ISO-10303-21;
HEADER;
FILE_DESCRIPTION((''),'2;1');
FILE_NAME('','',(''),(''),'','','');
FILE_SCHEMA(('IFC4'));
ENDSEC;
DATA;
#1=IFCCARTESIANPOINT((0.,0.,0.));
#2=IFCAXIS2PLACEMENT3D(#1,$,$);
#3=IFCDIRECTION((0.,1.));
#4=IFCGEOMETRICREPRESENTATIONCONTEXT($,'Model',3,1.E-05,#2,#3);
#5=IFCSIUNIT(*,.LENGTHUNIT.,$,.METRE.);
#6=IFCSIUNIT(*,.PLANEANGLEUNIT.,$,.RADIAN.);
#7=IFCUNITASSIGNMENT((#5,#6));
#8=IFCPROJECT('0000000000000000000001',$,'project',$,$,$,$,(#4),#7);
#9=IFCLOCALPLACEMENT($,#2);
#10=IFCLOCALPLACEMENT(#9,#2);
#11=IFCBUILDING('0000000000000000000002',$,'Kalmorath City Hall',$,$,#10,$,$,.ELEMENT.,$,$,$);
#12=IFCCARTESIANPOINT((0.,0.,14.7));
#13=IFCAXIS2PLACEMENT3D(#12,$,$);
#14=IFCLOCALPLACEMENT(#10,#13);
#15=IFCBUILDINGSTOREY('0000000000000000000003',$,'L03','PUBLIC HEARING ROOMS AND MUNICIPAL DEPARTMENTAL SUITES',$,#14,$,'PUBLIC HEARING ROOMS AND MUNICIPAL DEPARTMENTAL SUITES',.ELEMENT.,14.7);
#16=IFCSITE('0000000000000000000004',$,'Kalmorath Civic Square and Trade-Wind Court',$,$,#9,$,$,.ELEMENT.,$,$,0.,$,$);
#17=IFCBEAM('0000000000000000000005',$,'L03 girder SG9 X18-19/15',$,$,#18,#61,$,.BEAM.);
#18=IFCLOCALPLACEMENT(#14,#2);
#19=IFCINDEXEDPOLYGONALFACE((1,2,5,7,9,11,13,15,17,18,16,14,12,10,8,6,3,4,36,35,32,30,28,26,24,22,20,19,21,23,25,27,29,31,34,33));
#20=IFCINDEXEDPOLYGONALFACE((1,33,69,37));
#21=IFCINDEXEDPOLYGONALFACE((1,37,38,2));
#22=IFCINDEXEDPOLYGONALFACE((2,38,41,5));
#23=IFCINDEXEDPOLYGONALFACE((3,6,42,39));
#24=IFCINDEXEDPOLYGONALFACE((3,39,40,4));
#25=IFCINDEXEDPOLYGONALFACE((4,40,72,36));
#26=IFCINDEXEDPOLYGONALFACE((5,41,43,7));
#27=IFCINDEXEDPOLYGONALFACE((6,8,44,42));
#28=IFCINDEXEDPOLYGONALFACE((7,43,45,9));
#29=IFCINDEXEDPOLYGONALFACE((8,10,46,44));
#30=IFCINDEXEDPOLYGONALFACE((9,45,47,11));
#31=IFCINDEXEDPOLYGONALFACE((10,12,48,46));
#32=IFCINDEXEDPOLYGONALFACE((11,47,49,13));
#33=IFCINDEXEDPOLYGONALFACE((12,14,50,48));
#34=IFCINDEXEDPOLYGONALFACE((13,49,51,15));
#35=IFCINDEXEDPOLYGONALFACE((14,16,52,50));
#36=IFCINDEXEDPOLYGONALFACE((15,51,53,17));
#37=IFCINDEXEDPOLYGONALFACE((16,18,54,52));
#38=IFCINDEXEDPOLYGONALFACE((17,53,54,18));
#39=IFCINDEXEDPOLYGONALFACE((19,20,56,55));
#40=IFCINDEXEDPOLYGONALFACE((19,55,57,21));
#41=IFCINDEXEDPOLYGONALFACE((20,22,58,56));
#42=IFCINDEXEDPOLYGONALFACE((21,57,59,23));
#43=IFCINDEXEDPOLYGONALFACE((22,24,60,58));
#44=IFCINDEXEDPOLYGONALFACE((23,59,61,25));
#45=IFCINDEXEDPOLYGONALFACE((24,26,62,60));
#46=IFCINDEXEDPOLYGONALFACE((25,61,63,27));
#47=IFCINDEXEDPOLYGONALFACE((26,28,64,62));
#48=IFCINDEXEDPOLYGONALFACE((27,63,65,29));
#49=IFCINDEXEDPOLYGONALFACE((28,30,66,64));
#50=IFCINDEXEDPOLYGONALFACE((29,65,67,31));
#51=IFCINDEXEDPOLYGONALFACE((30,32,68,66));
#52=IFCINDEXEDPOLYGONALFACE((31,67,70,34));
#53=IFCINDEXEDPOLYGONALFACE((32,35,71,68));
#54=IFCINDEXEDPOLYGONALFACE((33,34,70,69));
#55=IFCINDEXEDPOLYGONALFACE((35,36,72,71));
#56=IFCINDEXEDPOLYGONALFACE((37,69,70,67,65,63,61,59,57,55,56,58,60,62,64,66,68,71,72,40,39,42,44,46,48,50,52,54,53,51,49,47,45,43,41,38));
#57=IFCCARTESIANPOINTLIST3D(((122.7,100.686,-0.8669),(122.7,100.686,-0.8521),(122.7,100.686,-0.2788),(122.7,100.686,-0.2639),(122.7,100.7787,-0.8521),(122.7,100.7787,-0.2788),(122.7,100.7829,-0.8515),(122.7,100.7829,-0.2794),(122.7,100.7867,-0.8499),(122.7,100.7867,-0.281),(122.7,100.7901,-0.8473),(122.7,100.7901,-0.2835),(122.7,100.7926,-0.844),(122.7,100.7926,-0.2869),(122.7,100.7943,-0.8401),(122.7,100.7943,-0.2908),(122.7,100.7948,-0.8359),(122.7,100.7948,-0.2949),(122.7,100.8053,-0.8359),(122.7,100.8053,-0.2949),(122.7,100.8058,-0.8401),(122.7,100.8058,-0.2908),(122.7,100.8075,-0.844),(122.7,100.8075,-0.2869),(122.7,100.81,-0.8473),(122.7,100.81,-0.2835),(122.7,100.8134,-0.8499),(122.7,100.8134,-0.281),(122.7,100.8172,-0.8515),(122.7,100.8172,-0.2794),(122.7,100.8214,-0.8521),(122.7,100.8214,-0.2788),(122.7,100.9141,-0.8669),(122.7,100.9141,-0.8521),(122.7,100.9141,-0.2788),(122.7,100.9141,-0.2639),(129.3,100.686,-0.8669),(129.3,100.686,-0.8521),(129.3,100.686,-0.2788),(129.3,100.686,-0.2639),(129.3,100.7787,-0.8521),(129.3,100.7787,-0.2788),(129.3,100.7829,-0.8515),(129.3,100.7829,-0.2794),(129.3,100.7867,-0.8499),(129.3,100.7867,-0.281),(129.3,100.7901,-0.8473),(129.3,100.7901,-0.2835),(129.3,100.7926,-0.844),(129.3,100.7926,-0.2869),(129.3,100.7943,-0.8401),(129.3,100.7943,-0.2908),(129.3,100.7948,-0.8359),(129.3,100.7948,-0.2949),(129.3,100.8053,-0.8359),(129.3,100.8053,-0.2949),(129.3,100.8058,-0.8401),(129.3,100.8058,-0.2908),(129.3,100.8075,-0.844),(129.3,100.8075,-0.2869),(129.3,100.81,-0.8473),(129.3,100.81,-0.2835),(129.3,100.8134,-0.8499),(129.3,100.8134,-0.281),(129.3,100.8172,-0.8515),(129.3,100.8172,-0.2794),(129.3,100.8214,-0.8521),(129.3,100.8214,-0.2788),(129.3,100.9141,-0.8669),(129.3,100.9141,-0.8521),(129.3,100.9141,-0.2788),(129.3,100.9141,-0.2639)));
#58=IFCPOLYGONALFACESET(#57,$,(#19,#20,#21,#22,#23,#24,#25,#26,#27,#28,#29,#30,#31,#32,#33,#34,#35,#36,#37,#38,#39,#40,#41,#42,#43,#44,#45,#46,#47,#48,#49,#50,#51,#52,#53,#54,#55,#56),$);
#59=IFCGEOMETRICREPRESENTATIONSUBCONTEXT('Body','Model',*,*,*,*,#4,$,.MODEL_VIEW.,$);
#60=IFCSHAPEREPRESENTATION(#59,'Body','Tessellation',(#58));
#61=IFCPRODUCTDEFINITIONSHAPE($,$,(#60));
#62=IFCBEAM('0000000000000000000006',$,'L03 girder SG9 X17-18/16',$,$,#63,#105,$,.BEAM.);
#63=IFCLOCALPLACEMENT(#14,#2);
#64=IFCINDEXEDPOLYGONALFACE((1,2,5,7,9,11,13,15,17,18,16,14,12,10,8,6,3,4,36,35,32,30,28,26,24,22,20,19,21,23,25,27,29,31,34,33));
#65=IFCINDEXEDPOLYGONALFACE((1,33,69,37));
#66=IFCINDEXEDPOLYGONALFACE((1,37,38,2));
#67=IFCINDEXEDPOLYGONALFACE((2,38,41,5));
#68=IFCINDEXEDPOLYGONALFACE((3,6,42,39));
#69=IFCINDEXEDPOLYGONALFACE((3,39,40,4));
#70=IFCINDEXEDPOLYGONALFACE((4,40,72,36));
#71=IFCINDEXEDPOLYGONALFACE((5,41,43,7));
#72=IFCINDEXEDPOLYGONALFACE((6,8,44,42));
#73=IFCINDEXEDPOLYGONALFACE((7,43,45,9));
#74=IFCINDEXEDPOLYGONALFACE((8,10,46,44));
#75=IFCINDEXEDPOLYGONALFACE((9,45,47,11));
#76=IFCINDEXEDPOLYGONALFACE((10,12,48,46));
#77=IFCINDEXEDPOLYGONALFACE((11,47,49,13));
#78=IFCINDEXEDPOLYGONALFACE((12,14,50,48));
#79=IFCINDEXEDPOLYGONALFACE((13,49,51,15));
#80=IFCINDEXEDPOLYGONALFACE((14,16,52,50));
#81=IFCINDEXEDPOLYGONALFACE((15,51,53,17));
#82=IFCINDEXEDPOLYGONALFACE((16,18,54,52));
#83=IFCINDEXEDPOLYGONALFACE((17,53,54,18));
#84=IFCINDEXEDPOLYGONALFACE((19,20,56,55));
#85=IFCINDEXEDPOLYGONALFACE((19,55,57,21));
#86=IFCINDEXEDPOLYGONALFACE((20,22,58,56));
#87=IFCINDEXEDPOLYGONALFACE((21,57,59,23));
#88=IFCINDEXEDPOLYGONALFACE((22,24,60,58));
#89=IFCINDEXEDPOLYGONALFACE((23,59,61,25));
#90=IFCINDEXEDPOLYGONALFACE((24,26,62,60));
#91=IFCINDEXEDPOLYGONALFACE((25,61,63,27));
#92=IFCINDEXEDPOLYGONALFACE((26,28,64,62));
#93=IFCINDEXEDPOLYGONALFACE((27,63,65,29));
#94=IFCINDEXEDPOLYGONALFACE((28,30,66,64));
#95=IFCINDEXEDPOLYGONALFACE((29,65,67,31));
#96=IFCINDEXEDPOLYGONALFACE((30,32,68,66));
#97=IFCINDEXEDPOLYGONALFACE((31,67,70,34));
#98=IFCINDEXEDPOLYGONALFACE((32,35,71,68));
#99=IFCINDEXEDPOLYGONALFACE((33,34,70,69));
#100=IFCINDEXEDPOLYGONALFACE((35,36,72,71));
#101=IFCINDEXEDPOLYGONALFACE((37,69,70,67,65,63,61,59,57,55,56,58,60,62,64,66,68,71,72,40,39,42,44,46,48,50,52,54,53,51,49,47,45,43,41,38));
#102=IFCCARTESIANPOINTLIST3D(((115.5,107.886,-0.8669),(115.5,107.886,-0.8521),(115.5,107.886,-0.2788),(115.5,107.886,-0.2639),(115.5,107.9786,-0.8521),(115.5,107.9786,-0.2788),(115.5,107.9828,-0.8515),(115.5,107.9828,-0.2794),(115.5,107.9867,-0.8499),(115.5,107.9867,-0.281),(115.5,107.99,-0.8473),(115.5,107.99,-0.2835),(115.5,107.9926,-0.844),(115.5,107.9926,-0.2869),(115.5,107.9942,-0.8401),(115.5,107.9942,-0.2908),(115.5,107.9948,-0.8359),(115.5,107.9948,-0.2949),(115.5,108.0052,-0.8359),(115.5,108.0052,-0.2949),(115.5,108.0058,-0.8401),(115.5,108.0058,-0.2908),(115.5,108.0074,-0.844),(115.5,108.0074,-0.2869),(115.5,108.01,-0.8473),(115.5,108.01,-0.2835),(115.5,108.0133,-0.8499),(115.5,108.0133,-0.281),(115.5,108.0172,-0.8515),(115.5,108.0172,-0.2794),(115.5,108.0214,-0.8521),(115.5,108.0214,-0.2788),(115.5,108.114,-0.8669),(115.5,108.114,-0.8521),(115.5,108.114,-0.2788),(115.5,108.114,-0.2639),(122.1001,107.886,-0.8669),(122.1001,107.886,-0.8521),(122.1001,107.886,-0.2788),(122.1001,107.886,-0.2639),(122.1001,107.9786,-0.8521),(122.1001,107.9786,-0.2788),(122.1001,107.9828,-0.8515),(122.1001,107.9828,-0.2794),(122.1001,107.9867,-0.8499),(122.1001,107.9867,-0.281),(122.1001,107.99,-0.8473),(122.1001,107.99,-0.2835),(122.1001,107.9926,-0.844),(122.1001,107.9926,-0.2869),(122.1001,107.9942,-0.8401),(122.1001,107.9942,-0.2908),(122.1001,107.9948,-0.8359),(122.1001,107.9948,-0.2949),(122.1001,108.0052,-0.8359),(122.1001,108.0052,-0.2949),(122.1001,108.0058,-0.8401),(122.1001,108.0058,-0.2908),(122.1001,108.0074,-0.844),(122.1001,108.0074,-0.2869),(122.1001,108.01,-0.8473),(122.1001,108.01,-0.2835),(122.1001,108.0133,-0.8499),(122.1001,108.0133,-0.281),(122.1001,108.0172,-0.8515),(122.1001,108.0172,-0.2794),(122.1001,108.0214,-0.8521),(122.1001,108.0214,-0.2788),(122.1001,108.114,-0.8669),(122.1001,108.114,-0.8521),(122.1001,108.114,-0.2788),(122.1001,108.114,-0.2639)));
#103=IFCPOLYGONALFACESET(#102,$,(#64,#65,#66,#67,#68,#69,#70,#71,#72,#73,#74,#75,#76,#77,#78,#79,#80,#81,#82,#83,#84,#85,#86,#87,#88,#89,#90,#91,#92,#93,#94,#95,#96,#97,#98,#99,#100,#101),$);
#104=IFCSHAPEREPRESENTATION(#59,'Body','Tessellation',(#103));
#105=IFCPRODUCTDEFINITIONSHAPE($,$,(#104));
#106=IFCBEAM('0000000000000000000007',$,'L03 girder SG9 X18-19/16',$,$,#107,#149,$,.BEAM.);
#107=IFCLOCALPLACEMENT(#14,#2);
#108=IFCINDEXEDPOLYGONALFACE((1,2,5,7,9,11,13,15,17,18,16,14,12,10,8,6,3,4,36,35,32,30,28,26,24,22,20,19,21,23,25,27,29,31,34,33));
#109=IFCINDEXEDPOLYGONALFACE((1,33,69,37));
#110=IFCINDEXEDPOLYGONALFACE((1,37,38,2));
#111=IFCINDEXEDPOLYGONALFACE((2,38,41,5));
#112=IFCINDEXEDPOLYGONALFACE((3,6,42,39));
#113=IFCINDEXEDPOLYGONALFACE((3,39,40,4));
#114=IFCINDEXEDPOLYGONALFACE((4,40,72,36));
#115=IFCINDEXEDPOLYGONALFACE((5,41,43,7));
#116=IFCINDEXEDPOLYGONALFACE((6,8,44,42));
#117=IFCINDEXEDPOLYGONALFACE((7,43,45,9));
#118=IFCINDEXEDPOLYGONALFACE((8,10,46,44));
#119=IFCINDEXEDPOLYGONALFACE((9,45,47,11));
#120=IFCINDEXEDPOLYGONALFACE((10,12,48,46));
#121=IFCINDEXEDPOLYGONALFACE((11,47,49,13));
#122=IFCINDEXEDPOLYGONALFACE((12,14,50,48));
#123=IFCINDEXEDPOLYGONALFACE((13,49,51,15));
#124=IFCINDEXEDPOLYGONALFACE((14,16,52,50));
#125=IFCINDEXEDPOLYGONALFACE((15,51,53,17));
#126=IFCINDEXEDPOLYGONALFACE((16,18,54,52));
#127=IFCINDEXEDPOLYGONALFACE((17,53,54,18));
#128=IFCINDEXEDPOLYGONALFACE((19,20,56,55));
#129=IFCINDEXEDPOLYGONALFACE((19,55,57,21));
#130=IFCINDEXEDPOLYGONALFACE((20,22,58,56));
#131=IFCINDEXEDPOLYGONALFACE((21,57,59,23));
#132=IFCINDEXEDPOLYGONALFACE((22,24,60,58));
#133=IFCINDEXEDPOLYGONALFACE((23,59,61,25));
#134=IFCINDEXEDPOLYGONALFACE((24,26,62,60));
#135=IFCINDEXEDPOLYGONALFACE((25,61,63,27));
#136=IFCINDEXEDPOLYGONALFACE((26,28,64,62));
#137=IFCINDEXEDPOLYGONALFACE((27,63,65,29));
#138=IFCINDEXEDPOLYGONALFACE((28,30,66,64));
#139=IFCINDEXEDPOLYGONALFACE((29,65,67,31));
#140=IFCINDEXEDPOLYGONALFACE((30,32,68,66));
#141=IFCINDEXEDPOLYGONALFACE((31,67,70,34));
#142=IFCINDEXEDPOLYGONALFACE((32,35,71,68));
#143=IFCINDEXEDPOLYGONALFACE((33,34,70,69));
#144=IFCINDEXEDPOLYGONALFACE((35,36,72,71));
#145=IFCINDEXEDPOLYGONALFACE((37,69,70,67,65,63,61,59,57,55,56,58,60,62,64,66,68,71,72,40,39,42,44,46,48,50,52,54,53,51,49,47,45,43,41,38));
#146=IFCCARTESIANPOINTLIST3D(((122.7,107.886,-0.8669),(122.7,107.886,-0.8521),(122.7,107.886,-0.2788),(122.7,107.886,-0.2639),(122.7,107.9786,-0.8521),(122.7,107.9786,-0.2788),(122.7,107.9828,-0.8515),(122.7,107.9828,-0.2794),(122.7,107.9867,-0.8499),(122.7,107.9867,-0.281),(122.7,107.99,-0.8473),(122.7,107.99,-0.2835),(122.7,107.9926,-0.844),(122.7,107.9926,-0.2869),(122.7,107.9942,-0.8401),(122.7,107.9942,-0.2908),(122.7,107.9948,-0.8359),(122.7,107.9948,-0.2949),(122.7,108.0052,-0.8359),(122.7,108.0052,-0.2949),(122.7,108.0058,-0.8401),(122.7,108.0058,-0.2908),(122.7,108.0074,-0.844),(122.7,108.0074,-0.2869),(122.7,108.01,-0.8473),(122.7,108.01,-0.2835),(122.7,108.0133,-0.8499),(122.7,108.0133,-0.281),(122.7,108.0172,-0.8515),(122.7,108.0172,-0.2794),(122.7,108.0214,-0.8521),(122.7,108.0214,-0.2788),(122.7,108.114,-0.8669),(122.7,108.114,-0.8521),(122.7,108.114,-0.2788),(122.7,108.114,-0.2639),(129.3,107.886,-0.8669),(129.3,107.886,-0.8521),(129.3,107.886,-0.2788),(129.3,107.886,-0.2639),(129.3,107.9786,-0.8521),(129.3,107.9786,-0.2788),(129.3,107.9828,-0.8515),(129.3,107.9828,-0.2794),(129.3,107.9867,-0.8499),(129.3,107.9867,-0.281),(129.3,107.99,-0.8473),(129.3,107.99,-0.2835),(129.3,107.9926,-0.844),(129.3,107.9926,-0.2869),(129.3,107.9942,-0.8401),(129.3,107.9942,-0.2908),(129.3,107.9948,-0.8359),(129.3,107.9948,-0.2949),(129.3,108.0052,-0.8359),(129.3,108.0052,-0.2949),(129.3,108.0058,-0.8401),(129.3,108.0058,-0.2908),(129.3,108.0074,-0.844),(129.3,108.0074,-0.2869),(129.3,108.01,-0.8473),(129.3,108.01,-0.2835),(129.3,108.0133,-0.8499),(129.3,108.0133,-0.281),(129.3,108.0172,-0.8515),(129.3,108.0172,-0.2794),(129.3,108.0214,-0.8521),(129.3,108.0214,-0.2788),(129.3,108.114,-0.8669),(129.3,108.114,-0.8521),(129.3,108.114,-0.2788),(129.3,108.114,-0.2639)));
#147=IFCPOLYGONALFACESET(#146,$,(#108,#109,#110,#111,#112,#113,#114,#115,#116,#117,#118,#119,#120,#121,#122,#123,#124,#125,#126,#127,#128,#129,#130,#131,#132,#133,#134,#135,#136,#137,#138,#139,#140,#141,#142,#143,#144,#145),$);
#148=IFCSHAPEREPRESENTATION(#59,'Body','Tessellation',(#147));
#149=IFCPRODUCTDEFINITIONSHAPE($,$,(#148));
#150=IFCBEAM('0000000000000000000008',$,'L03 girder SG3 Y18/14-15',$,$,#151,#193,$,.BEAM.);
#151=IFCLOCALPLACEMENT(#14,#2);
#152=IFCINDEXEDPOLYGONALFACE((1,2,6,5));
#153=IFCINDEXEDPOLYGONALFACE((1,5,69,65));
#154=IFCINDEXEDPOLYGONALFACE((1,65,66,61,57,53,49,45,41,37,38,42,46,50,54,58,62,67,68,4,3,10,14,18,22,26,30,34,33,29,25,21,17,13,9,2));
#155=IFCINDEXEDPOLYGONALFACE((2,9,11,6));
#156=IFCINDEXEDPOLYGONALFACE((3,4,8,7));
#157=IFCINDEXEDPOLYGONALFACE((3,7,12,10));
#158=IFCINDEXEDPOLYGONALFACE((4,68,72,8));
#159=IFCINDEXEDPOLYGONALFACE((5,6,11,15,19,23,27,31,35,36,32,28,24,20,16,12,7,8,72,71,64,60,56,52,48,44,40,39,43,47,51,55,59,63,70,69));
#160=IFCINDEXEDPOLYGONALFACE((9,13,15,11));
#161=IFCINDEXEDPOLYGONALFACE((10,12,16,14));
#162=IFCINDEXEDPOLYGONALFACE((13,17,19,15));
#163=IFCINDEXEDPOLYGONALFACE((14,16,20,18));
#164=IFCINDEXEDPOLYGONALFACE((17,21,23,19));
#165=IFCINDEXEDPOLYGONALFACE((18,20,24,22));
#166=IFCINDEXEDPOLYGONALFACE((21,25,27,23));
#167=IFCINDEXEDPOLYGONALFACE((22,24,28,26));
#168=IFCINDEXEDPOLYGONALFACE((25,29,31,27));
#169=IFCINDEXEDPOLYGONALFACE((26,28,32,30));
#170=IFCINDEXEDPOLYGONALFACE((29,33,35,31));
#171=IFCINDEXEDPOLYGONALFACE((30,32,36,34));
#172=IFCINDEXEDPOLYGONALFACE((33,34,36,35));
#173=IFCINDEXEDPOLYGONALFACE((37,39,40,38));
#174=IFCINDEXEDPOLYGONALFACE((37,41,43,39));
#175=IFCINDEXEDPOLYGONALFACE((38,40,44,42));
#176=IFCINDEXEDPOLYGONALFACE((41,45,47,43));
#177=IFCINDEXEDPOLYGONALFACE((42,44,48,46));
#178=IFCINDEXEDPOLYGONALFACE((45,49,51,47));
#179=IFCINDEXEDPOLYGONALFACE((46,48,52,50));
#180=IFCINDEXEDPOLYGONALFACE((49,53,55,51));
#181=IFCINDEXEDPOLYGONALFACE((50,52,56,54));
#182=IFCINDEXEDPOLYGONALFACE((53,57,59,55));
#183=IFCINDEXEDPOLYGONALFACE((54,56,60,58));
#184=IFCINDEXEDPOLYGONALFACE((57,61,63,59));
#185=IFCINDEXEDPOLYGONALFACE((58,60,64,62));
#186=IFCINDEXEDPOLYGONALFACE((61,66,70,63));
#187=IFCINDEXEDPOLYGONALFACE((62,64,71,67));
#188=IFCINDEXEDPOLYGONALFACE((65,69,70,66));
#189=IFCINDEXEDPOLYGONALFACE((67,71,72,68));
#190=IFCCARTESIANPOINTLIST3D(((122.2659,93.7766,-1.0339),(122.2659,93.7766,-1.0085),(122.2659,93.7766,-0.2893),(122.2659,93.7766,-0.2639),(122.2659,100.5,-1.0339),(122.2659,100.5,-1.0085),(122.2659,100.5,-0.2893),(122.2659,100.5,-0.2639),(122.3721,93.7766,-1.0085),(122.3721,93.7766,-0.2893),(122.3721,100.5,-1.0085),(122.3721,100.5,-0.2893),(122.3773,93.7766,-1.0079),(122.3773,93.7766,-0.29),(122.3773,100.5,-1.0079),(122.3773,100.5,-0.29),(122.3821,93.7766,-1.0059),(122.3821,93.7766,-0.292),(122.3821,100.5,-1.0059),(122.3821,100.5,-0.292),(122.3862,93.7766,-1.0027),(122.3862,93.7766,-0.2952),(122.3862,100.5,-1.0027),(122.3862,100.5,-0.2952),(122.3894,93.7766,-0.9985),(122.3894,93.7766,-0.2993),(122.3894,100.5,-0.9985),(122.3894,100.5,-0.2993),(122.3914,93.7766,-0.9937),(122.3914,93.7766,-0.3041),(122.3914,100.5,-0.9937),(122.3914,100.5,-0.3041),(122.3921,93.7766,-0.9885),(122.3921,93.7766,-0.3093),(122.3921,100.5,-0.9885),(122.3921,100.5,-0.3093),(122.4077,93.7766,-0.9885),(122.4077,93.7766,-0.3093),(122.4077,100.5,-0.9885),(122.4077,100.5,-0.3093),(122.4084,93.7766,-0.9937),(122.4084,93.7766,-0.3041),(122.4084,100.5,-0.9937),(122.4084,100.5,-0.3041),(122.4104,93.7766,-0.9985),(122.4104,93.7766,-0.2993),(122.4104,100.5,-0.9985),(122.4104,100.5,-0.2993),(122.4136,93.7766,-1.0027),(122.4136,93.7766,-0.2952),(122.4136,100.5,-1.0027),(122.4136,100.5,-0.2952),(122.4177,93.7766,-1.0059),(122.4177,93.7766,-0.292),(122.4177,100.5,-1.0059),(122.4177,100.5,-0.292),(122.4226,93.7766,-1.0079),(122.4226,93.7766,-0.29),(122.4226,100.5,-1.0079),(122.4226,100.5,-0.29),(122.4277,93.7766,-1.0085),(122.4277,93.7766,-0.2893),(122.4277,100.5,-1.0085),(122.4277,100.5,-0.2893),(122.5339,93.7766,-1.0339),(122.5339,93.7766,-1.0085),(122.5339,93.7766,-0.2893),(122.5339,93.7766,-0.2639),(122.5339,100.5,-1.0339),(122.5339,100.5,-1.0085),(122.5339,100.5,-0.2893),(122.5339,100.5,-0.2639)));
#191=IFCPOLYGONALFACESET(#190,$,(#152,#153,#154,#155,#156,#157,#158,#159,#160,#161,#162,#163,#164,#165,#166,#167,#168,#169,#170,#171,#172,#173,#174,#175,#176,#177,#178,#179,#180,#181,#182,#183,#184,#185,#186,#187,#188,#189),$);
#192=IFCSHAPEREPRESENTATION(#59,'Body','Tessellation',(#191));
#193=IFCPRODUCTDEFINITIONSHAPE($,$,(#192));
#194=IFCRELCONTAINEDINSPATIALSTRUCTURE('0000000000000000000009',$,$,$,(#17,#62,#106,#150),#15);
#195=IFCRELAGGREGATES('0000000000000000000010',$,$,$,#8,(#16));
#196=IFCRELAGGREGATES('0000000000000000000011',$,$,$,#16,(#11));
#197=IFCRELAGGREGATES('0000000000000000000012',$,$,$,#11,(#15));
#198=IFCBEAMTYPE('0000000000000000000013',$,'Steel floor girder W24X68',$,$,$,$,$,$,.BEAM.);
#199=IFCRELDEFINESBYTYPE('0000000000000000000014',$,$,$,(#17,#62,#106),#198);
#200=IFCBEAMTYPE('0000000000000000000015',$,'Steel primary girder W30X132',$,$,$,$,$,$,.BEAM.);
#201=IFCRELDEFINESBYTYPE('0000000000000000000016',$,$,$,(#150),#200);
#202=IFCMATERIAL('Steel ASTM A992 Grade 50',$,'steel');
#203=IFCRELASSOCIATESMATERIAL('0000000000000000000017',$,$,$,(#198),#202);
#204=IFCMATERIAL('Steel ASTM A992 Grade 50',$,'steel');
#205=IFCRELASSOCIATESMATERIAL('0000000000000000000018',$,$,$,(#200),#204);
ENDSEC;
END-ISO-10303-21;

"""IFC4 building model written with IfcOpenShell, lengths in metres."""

from ifc_helpers import new_model, si_unit, direction, frame, origin, origin_2d, place, context, subcontext, project, spatial, i_section, extrude, material, material_profile, profile_set, type_object, element, save


model = new_model("IFC4")

# Units and contexts
model_context = context("Model", 3, precision=1e-05, world=origin(), true_north=direction((0.0, 1.0)))
body_context = subcontext(model_context, "Body", "Model", "MODEL_VIEW")
ifc_project = project(units=[si_unit("LENGTHUNIT", "METRE"), si_unit("PLANEANGLEUNIT", "RADIAN")], contexts=[model_context])

# Site, building, storey
site_placement = place(None, origin())
site = spatial("IfcSite", under=ifc_project, at=site_placement, Name="Kalmorath Civic Square and Trade-Wind Court", CompositionType="ELEMENT", RefElevation=0.0)
building_placement = place(site_placement, origin())
building = spatial("IfcBuilding", under=site, at=building_placement, Name="Kalmorath City Hall", CompositionType="ELEMENT")
storey_placement = place(building_placement, frame((0.0, 0.0, 14.7)))
storey = spatial("IfcBuildingStorey", under=building, at=storey_placement, Name="L03", Description="PUBLIC HEARING ROOMS AND MUNICIPAL DEPARTMENTAL SUITES", LongName="PUBLIC HEARING ROOMS AND MUNICIPAL DEPARTMENTAL SUITES", CompositionType="ELEMENT", Elevation=14.7)

# Beams
ifc_material_1 = material(Name="Steel ASTM A992 Grade 50", Category="steel")
ifc_material_profile_1 = material_profile(ifc_material_1, i_section(OverallWidth=0.228, OverallDepth=0.603, WebThickness=0.0105, FlangeThickness=0.0149, FilletRadius=0.0161, at=origin_2d()), Name="W24X68")
ifc_profile_set_1 = profile_set([ifc_material_profile_1], Name="Steel ASTM A992 Grade 50")
beam_type_1 = type_object("IfcBeamType", Name="Steel floor girder W24X68", PredefinedType="BEAM", material=ifc_profile_set_1)
for number, where, z_axis, x_axis, name in (
    (1, (122.7, 100.8, -0.5654), (1.0, 0.0, 0.0), (0.0, 1.0, 0.0), "L03 girder SG9 X18-19/15"),
    (2, (115.5, 108.0, -0.5654), (1.0, 0.0, 0.0), (0.0, 1.0, 0.0), "L03 girder SG9 X17-18/16"),
    (3, (122.7, 108.0, -0.5654), (1.0, 0.0, 0.0), (0.0, 1.0, 0.0), "L03 girder SG9 X18-19/16"),
):
    element("IfcBeam", number, at=place(storey_placement, frame(where, z_axis=z_axis, x_axis=x_axis)), inside=storey, type_object=beam_type_1, Name=name, PredefinedType="BEAM", context=body_context, shape_type="SweptSolid", body=[
        extrude(i_section(OverallWidth=0.228, OverallDepth=0.603, WebThickness=0.0105, FlangeThickness=0.0149, FilletRadius=0.0161, at=origin_2d()), origin(), (0.0, 0.0, 1.0), 6.6001),
    ])
ifc_material_2 = material(Name="Steel ASTM A992 Grade 50", Category="steel")
ifc_material_profile_2 = material_profile(ifc_material_2, i_section(OverallWidth=0.2681, OverallDepth=0.77, WebThickness=0.0156, FlangeThickness=0.0254, FilletRadius=0.02, at=origin_2d()), Name="W30X132")
ifc_profile_set_2 = profile_set([ifc_material_profile_2], Name="Steel ASTM A992 Grade 50")
beam_type_2 = type_object("IfcBeamType", Name="Steel primary girder W30X132", PredefinedType="BEAM", material=ifc_profile_set_2)
beam_1_placement = place(storey_placement, frame((122.3999, 93.7766, -0.6489), z_axis=(0.0, 1.0, 0.0), x_axis=(-1.0, 0.0, 0.0)))
element("IfcBeam", 4, at=beam_1_placement, inside=storey, type_object=beam_type_2, Name="L03 girder SG3 Y18/14-15", PredefinedType="BEAM", context=body_context, shape_type="SweptSolid", body=[
    extrude(i_section(OverallWidth=0.2681, OverallDepth=0.77, WebThickness=0.0156, FlangeThickness=0.0254, FilletRadius=0.02, at=origin_2d()), origin(), (0.0, 0.0, 1.0), 6.7234),
])

save(model, "model.ifc")
